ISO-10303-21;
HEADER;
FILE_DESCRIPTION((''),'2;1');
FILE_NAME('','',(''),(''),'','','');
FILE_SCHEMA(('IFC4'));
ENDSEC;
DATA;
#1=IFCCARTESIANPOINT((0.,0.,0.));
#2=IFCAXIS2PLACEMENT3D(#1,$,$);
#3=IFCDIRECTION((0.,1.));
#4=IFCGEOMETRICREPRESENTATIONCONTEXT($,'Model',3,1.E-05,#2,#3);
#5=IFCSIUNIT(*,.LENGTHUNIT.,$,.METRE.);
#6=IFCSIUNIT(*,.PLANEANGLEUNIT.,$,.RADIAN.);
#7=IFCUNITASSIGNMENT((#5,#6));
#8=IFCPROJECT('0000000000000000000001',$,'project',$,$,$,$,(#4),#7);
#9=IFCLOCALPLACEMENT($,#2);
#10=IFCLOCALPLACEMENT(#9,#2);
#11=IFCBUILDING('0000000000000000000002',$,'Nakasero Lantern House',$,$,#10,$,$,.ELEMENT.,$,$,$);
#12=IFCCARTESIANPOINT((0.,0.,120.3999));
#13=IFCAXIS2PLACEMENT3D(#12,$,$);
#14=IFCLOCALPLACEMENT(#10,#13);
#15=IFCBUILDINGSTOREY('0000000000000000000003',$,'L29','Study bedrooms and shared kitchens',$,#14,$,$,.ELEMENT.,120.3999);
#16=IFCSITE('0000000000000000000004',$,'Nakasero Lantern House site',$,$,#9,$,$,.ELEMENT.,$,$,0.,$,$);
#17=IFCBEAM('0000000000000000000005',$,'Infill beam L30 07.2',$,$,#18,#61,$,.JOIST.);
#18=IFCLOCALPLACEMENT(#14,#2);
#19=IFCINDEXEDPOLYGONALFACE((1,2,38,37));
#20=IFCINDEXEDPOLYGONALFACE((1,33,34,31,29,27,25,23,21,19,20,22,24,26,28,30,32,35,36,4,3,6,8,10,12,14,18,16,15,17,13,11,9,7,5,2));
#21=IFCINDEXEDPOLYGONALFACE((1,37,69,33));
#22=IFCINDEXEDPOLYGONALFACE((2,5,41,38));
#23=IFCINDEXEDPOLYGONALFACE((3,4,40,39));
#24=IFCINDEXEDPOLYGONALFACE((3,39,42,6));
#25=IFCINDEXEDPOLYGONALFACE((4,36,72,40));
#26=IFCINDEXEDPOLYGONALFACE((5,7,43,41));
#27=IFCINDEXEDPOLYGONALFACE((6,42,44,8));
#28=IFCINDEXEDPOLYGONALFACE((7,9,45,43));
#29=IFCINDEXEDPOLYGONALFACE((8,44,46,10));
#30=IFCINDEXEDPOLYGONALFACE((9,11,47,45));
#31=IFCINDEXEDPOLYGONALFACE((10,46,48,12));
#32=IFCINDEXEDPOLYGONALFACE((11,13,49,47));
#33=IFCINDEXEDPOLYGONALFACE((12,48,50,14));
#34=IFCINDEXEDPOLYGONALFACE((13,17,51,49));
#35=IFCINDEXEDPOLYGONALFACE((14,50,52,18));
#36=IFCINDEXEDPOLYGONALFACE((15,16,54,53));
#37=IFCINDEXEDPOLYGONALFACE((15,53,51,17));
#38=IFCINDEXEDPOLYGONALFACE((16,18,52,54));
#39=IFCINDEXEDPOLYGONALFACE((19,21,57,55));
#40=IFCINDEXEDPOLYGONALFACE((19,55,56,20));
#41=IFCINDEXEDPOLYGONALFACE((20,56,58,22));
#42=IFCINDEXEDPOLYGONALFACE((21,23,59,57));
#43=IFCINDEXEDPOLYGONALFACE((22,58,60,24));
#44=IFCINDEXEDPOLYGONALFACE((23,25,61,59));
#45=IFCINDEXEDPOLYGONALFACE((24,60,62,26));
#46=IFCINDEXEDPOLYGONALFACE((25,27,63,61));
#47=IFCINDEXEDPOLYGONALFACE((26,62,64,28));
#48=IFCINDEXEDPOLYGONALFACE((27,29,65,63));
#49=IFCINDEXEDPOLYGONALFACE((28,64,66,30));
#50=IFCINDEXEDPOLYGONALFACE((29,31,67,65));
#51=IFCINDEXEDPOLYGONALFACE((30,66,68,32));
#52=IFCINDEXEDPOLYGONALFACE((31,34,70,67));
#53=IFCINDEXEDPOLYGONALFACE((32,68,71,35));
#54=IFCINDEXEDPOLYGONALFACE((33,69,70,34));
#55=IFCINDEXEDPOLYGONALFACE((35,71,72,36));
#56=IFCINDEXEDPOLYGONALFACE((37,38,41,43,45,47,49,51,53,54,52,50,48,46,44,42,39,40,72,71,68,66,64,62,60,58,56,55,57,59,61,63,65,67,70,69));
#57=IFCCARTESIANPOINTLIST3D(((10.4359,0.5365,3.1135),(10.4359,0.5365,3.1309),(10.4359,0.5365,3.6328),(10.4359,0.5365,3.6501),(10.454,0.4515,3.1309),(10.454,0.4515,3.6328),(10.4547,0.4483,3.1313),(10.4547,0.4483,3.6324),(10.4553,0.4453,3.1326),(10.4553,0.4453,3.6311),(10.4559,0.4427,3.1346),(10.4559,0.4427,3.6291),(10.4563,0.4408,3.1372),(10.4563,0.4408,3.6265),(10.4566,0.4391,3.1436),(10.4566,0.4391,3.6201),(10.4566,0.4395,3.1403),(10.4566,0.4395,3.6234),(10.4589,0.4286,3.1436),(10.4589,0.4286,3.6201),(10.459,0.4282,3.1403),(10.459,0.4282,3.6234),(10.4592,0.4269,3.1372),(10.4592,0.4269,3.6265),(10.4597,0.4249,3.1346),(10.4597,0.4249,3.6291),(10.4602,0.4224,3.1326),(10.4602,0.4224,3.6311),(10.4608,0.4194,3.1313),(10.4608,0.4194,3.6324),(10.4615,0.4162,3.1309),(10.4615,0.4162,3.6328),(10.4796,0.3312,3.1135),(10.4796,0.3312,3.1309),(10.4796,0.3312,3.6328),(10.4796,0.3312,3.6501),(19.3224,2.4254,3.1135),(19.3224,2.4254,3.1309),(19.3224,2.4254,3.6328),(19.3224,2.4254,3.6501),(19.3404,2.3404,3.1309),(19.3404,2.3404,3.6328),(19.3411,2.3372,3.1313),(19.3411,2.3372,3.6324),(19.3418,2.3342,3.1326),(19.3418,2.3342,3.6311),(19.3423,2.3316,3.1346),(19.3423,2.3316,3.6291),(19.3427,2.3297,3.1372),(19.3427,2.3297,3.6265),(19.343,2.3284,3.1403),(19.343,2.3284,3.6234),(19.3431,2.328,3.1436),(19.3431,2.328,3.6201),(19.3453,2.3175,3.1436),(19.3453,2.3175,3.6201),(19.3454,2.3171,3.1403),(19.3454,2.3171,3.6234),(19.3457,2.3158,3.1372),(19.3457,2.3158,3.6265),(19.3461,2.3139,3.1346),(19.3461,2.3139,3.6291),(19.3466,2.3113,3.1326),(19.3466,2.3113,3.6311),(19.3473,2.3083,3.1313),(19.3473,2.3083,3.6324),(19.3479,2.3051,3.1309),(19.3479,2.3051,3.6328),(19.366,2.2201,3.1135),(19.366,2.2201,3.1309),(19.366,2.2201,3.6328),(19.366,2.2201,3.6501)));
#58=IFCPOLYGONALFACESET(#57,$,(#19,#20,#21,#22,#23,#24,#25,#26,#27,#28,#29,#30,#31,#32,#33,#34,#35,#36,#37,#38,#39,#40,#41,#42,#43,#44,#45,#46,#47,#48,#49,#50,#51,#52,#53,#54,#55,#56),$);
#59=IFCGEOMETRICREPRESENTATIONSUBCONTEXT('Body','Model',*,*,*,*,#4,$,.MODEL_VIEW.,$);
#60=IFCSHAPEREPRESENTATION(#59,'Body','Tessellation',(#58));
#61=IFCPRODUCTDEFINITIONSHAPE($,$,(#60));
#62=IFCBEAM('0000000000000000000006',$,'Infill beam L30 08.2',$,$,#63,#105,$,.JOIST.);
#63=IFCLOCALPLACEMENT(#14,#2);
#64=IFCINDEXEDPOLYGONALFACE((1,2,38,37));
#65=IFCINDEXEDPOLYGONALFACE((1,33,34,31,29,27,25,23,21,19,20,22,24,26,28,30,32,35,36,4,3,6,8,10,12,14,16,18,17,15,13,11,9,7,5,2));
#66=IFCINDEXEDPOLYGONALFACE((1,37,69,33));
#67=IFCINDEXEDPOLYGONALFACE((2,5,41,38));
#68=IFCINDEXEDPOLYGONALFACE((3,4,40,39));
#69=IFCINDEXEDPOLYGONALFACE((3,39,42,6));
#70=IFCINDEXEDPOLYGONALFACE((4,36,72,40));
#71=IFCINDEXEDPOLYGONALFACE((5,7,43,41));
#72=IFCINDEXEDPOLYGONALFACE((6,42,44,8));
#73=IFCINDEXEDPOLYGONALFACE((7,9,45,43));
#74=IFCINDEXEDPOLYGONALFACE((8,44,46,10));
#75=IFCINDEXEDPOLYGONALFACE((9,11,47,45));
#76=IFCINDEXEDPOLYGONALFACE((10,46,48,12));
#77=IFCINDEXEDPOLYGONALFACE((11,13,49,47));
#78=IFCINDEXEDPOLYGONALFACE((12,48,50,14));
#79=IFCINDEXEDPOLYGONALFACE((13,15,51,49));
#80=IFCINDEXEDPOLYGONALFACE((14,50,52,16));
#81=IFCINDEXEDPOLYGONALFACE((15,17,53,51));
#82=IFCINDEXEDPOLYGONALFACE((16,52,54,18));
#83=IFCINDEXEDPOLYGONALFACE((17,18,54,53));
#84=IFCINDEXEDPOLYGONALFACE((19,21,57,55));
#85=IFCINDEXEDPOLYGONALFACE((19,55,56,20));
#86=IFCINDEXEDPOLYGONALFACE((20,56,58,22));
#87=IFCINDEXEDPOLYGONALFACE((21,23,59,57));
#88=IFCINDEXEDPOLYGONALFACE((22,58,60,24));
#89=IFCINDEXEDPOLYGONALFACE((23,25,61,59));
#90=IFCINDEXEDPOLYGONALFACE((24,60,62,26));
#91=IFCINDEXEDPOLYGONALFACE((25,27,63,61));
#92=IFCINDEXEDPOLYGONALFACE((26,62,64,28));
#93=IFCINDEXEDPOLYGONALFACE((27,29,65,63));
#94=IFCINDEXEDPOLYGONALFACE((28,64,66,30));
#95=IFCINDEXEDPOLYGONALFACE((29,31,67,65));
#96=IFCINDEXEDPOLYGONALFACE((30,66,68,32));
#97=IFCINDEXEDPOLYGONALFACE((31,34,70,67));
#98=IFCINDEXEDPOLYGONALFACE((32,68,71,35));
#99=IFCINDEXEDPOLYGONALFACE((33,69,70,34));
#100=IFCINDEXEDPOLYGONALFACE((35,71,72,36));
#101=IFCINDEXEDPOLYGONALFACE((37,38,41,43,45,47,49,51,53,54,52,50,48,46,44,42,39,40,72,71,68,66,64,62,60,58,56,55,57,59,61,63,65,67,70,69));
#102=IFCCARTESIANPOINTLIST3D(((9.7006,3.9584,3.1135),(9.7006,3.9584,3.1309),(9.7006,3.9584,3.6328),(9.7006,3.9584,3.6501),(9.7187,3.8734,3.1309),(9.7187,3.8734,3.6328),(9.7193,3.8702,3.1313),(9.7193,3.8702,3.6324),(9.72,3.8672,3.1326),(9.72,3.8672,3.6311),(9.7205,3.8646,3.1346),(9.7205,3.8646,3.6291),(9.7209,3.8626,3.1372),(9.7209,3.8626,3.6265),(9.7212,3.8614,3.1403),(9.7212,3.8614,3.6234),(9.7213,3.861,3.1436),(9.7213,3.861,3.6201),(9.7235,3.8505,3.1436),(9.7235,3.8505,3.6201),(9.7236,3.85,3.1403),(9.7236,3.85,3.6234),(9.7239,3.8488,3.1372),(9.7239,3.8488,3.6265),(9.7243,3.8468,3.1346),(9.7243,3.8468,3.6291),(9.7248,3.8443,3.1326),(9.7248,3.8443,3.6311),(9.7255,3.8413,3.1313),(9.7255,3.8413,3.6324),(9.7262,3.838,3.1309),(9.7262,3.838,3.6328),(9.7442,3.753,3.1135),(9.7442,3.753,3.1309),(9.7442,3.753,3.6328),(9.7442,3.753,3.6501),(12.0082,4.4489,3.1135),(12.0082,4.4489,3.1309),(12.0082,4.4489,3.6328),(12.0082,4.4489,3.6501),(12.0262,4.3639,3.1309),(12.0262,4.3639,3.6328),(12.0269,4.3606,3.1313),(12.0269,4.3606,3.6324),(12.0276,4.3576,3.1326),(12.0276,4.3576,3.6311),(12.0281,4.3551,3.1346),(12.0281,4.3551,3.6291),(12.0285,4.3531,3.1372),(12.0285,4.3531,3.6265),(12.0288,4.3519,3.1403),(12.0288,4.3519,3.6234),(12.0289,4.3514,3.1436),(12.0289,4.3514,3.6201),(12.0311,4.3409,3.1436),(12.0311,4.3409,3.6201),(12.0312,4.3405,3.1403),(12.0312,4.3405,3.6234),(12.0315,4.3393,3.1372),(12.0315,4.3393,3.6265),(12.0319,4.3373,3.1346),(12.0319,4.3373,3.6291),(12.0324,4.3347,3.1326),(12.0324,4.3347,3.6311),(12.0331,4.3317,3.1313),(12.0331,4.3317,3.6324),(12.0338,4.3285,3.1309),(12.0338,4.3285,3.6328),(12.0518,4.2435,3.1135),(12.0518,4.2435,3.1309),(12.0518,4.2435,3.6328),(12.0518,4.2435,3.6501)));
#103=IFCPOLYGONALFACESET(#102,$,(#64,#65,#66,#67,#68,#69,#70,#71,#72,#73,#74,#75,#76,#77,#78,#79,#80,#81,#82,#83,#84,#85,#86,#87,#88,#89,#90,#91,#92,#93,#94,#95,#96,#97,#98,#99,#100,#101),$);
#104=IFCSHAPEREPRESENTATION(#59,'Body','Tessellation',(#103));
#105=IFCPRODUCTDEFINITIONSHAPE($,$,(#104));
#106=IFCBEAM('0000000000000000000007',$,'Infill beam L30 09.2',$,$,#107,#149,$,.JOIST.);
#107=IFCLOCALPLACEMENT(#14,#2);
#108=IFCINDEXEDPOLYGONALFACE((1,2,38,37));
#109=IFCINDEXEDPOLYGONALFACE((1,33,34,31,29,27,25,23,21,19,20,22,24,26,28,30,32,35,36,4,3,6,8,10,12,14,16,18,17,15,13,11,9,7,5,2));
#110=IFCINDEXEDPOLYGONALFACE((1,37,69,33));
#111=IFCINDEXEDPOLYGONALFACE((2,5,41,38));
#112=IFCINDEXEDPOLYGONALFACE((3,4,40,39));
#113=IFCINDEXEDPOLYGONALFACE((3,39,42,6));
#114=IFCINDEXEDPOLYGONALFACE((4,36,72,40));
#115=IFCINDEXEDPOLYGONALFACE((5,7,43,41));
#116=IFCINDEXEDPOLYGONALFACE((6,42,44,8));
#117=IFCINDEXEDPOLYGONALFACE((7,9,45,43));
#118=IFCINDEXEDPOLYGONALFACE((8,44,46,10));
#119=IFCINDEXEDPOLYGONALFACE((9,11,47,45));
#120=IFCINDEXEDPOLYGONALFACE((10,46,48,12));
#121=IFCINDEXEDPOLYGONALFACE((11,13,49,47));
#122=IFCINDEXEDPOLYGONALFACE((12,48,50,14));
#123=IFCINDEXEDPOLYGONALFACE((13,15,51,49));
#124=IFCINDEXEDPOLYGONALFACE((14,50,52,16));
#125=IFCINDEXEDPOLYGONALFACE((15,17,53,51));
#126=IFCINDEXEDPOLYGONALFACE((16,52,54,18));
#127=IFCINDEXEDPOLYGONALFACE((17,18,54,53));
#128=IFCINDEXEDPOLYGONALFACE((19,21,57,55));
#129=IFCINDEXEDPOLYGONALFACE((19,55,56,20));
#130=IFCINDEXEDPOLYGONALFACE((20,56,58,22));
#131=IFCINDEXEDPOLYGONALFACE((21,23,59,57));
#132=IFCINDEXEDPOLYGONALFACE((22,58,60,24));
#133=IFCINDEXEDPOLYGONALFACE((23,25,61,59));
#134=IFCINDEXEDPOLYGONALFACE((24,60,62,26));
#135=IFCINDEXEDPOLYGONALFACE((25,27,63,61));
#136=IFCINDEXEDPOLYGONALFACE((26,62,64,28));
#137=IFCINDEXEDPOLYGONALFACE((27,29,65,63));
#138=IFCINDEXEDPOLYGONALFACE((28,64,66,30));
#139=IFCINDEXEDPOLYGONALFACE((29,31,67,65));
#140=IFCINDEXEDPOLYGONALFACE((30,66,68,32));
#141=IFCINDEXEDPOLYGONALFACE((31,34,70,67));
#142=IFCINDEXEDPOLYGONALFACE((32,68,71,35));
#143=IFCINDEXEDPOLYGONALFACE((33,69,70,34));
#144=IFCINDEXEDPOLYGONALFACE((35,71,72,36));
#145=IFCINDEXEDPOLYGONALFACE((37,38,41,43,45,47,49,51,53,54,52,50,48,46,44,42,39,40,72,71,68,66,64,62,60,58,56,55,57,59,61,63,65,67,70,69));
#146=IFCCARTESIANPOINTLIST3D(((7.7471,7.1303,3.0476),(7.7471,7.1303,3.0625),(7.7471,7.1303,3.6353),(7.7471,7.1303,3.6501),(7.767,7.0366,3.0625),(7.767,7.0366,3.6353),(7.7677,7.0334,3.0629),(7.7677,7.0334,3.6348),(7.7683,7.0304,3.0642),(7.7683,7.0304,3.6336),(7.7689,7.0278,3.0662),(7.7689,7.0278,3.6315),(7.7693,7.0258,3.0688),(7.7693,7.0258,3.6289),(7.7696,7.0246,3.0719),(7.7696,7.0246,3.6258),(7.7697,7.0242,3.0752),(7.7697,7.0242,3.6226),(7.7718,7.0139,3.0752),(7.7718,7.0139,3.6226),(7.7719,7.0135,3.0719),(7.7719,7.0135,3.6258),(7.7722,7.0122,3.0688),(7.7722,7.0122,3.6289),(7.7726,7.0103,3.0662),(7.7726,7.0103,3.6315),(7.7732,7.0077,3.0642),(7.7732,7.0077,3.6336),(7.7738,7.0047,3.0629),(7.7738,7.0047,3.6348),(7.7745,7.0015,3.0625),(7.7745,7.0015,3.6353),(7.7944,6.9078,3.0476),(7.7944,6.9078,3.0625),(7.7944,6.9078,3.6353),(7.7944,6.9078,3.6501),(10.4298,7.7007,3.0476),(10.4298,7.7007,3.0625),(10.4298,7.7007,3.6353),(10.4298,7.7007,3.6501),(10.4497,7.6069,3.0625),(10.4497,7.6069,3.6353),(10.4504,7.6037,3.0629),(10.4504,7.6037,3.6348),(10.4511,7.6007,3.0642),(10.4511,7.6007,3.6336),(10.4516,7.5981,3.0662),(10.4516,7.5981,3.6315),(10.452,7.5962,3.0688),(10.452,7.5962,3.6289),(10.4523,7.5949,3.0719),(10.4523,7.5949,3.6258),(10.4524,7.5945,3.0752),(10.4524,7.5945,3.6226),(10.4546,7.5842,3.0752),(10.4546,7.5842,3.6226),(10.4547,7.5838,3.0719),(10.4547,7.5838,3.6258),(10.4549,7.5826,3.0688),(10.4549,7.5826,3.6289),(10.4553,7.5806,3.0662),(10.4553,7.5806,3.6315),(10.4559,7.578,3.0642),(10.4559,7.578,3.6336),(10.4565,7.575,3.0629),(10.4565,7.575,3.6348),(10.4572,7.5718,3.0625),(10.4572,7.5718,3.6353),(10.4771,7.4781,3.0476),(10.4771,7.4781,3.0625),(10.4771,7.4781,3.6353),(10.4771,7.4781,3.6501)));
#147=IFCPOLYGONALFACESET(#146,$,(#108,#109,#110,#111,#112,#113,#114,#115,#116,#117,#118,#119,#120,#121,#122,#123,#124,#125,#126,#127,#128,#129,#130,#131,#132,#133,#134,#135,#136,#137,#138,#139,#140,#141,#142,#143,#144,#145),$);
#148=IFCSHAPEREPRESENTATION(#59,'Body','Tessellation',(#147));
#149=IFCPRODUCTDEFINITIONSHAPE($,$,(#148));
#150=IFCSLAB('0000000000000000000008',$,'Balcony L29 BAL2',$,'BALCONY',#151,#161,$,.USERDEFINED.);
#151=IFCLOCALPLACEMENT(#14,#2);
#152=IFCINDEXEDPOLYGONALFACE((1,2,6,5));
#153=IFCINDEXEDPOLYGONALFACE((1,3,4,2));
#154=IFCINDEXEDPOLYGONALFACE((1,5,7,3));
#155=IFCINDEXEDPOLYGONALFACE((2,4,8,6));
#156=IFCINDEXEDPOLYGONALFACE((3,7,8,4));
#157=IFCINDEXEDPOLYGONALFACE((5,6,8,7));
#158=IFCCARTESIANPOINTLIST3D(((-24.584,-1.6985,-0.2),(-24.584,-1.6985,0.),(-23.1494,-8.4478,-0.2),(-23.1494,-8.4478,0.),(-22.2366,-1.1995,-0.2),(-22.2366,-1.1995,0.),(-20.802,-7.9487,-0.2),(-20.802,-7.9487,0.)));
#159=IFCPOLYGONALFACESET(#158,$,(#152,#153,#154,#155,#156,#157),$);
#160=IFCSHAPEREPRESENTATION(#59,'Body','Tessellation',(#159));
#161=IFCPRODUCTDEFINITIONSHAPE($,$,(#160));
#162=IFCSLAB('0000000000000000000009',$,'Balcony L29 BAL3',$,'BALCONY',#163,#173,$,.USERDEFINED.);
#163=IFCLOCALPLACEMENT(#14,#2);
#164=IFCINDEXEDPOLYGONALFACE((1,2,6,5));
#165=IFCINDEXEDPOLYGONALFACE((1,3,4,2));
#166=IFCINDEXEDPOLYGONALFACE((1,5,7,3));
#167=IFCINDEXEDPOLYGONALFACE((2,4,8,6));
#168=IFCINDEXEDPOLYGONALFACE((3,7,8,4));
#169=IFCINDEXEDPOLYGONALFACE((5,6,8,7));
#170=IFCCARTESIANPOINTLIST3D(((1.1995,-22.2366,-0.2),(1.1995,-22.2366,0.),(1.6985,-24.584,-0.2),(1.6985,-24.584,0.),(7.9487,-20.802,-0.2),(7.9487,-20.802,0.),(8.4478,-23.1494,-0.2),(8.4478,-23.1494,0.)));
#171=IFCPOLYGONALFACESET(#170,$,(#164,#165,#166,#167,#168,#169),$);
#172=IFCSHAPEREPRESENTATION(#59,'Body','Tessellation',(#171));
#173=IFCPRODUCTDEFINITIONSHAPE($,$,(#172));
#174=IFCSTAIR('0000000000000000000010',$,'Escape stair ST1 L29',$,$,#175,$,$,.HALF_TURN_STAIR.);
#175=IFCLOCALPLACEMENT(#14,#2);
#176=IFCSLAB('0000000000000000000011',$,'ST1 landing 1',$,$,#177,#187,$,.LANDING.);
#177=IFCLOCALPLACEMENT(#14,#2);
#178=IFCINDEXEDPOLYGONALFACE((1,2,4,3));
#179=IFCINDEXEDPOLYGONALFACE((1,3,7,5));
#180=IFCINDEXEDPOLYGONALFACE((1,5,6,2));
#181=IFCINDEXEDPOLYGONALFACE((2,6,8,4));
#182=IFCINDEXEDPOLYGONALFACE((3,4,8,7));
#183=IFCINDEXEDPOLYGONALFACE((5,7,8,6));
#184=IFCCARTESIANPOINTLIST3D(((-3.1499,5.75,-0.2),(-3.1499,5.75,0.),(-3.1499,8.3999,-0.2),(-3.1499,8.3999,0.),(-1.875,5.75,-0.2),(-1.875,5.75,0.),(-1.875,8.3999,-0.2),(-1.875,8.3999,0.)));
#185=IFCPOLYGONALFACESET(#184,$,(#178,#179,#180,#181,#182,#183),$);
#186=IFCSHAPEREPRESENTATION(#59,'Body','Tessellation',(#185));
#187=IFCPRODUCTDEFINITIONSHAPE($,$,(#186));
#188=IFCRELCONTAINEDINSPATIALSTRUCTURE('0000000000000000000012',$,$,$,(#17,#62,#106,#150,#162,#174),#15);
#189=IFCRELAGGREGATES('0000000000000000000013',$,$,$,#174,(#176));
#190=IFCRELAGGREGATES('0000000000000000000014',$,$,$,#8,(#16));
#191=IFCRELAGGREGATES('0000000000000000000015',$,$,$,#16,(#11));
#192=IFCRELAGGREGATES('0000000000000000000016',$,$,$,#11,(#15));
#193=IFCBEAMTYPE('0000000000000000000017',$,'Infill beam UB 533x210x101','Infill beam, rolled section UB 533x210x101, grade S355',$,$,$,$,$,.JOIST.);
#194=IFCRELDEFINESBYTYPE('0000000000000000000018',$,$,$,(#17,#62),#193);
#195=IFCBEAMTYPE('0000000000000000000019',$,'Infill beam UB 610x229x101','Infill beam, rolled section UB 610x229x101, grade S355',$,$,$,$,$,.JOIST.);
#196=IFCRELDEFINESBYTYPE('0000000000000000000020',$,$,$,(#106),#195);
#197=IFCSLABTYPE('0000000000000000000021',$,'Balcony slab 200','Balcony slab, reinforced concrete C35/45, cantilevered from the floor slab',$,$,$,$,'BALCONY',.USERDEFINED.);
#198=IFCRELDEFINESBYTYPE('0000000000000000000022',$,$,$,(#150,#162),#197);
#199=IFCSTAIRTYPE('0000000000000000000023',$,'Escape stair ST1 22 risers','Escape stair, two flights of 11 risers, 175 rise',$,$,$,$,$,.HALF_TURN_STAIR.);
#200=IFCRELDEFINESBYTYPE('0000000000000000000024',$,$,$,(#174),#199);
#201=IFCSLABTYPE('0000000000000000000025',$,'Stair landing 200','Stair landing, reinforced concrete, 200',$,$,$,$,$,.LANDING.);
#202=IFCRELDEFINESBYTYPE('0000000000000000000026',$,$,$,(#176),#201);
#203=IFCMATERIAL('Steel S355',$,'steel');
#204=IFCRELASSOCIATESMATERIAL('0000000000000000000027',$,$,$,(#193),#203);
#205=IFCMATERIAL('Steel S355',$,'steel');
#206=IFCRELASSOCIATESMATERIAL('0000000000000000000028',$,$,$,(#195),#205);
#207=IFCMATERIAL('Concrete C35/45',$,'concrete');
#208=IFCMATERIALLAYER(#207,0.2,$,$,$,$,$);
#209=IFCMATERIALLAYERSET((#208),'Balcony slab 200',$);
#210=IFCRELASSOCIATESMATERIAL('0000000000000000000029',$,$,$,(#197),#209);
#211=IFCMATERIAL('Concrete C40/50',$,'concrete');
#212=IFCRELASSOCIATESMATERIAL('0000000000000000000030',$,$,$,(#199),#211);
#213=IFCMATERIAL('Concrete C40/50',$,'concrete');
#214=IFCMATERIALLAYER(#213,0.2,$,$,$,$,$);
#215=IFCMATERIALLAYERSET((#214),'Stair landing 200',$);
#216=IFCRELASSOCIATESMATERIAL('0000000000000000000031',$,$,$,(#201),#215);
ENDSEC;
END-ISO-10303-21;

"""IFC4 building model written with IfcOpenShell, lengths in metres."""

from ifc_helpers import new_model, si_unit, direction, frame, origin, origin_2d, place, context, subcontext, project, spatial, polyline, i_section, outline, extrude, material, layer, layer_set, material_profile, profile_set, type_object, element, aggregate, save


model = new_model("IFC4")

# Units and contexts
model_context = context("Model", 3, precision=1e-05, world=origin(), true_north=direction((0.0, 1.0)))
body_context = subcontext(model_context, "Body", "Model", "MODEL_VIEW")
ifc_project = project(units=[si_unit("LENGTHUNIT", "METRE"), si_unit("PLANEANGLEUNIT", "RADIAN")], contexts=[model_context])

# Site, building, storey
site_placement = place(None, origin())
site = spatial("IfcSite", under=ifc_project, at=site_placement, Name="Nakasero Lantern House site", CompositionType="ELEMENT", RefElevation=0.0)
building_placement = place(site_placement, origin())
building = spatial("IfcBuilding", under=site, at=building_placement, Name="Nakasero Lantern House", CompositionType="ELEMENT")
storey_placement = place(building_placement, frame((0.0, 0.0, 120.3999)))
storey = spatial("IfcBuildingStorey", under=building, at=storey_placement, Name="L29", Description="Study bedrooms and shared kitchens", CompositionType="ELEMENT", Elevation=120.3999)

# Beams
ifc_material_1 = material(Name="Steel S355", Category="steel")
ifc_material_profile_1 = material_profile(ifc_material_1, i_section(OverallWidth=0.21, OverallDepth=0.5366, WebThickness=0.0107, FlangeThickness=0.0173, FilletRadius=0.0127, at=origin_2d()), Name="UB 533x210x101")
ifc_profile_set_1 = profile_set([ifc_material_profile_1], Name="Steel S355")
beam_type_1 = type_object("IfcBeamType", Name="Infill beam UB 533x210x101", Description="Infill beam, rolled section UB 533x210x101, grade S355", PredefinedType="JOIST", material=ifc_profile_set_1)
beam_1_placement = place(storey_placement, frame((10.4578, 0.4338, 3.3818), z_axis=(0.978147, 0.207916, 0.0), x_axis=(-0.207916, 0.978147, 0.0)))
element("IfcBeam", 1, at=beam_1_placement, inside=storey, type_object=beam_type_1, Name="Infill beam L30 07.2", PredefinedType="JOIST", context=body_context, shape_type="SweptSolid", body=[
    extrude(i_section(OverallWidth=0.21, OverallDepth=0.5366, WebThickness=0.0107, FlangeThickness=0.0173, FilletRadius=0.0127, at=origin_2d()), origin(), (0.0, 0.0, 1.0), 9.085),
])
beam_2_placement = place(storey_placement, frame((9.7224, 3.8557, 3.3818), z_axis=(0.978149, 0.207903, 0.0), x_axis=(-0.207903, 0.978149, 0.0)))
element("IfcBeam", 2, at=beam_2_placement, inside=storey, type_object=beam_type_1, Name="Infill beam L30 08.2", PredefinedType="JOIST", context=body_context, shape_type="SweptSolid", body=[
    extrude(i_section(OverallWidth=0.21, OverallDepth=0.5366, WebThickness=0.0107, FlangeThickness=0.0173, FilletRadius=0.0127, at=origin_2d()), origin(), (0.0, 0.0, 1.0), 2.3591),
])
ifc_material_2 = material(Name="Steel S355", Category="steel")
ifc_material_profile_2 = material_profile(ifc_material_2, i_section(OverallWidth=0.2275, OverallDepth=0.6025, WebThickness=0.0105, FlangeThickness=0.0149, FilletRadius=0.0127, at=origin_2d()), Name="UB 610x229x101")
ifc_profile_set_2 = profile_set([ifc_material_profile_2], Name="Steel S355")
beam_type_2 = type_object("IfcBeamType", Name="Infill beam UB 610x229x101", Description="Infill beam, rolled section UB 610x229x101, grade S355", PredefinedType="JOIST", material=ifc_profile_set_2)
beam_3_placement = place(storey_placement, frame((7.7708, 7.019, 3.3489), z_axis=(0.97814, 0.207948, 0.0), x_axis=(-0.207948, 0.97814, 0.0)))
element("IfcBeam", 3, at=beam_3_placement, inside=storey, type_object=beam_type_2, Name="Infill beam L30 09.2", PredefinedType="JOIST", context=body_context, shape_type="SweptSolid", body=[
    extrude(i_section(OverallWidth=0.2275, OverallDepth=0.6025, WebThickness=0.0105, FlangeThickness=0.0149, FilletRadius=0.0127, at=origin_2d()), origin(), (0.0, 0.0, 1.0), 2.7427),
])

# Slabs
ifc_material_3 = material(Name="Concrete C35/45", Category="concrete")
ifc_layer_1 = layer(ifc_material_3, 0.2)
ifc_layer_set_1 = layer_set([ifc_layer_1], Name="Balcony slab 200")
slab_type_1 = type_object("IfcSlabType", Name="Balcony slab 200", Description="Balcony slab, reinforced concrete C35/45, cantilevered from the floor slab", ElementType="BALCONY", PredefinedType="USERDEFINED", material=ifc_layer_set_1)
slab_1_placement = place(storey_placement, frame((0.0, 0.0, -0.2)))
element("IfcSlab", 4, at=slab_1_placement, inside=storey, type_object=slab_type_1, Name="Balcony L29 BAL2", ObjectType="BALCONY", PredefinedType="USERDEFINED", context=body_context, shape_type="SweptSolid", body=[
    extrude(outline(polyline([(-22.2366, -1.1995), (-24.584, -1.6985), (-23.1494, -8.4478), (-20.802, -7.9487), (-22.2366, -1.1995)])), origin(), (0.0, 0.0, 1.0), 0.2),
])
slab_2_placement = place(storey_placement, frame((0.0, 0.0, -0.2)))
element("IfcSlab", 5, at=slab_2_placement, inside=storey, type_object=slab_type_1, Name="Balcony L29 BAL3", ObjectType="BALCONY", PredefinedType="USERDEFINED", context=body_context, shape_type="SweptSolid", body=[
    extrude(outline(polyline([(1.1995, -22.2366), (1.6985, -24.584), (8.4478, -23.1494), (7.9487, -20.802), (1.1995, -22.2366)])), origin(), (0.0, 0.0, 1.0), 0.2),
])

# Stair, slab
ifc_material_4 = material(Name="Concrete C40/50", Category="concrete")
stair_type_1 = type_object("IfcStairType", Name="Escape stair ST1 22 risers", Description="Escape stair, two flights of 11 risers, 175 rise", PredefinedType="HALF_TURN_STAIR", material=ifc_material_4)
stair_1_placement = place(storey_placement, origin())
stair_1 = element("IfcStair", 6, at=stair_1_placement, inside=storey, type_object=stair_type_1, Name="Escape stair ST1 L29", PredefinedType="HALF_TURN_STAIR")
ifc_material_5 = material(Name="Concrete C40/50", Category="concrete")
ifc_layer_2 = layer(ifc_material_5, 0.2)
ifc_layer_set_2 = layer_set([ifc_layer_2], Name="Stair landing 200")
slab_type_2 = type_object("IfcSlabType", Name="Stair landing 200", Description="Stair landing, reinforced concrete, 200", PredefinedType="LANDING", material=ifc_layer_set_2)
slab_3_placement = place(storey_placement, frame((0.0, 0.0, -0.2)))
slab_3 = element("IfcSlab", 7, at=slab_3_placement, type_object=slab_type_2, Name="ST1 landing 1", PredefinedType="LANDING", context=body_context, shape_type="SweptSolid", body=[
    extrude(outline(polyline([(-3.1499, 5.75), (-1.875, 5.75), (-1.875, 8.3999), (-3.1499, 8.3999), (-3.1499, 5.75)])), origin(), (0.0, 0.0, 1.0), 0.2),
])

aggregate(stair_1, [slab_3])

save(model, "model.ifc")
